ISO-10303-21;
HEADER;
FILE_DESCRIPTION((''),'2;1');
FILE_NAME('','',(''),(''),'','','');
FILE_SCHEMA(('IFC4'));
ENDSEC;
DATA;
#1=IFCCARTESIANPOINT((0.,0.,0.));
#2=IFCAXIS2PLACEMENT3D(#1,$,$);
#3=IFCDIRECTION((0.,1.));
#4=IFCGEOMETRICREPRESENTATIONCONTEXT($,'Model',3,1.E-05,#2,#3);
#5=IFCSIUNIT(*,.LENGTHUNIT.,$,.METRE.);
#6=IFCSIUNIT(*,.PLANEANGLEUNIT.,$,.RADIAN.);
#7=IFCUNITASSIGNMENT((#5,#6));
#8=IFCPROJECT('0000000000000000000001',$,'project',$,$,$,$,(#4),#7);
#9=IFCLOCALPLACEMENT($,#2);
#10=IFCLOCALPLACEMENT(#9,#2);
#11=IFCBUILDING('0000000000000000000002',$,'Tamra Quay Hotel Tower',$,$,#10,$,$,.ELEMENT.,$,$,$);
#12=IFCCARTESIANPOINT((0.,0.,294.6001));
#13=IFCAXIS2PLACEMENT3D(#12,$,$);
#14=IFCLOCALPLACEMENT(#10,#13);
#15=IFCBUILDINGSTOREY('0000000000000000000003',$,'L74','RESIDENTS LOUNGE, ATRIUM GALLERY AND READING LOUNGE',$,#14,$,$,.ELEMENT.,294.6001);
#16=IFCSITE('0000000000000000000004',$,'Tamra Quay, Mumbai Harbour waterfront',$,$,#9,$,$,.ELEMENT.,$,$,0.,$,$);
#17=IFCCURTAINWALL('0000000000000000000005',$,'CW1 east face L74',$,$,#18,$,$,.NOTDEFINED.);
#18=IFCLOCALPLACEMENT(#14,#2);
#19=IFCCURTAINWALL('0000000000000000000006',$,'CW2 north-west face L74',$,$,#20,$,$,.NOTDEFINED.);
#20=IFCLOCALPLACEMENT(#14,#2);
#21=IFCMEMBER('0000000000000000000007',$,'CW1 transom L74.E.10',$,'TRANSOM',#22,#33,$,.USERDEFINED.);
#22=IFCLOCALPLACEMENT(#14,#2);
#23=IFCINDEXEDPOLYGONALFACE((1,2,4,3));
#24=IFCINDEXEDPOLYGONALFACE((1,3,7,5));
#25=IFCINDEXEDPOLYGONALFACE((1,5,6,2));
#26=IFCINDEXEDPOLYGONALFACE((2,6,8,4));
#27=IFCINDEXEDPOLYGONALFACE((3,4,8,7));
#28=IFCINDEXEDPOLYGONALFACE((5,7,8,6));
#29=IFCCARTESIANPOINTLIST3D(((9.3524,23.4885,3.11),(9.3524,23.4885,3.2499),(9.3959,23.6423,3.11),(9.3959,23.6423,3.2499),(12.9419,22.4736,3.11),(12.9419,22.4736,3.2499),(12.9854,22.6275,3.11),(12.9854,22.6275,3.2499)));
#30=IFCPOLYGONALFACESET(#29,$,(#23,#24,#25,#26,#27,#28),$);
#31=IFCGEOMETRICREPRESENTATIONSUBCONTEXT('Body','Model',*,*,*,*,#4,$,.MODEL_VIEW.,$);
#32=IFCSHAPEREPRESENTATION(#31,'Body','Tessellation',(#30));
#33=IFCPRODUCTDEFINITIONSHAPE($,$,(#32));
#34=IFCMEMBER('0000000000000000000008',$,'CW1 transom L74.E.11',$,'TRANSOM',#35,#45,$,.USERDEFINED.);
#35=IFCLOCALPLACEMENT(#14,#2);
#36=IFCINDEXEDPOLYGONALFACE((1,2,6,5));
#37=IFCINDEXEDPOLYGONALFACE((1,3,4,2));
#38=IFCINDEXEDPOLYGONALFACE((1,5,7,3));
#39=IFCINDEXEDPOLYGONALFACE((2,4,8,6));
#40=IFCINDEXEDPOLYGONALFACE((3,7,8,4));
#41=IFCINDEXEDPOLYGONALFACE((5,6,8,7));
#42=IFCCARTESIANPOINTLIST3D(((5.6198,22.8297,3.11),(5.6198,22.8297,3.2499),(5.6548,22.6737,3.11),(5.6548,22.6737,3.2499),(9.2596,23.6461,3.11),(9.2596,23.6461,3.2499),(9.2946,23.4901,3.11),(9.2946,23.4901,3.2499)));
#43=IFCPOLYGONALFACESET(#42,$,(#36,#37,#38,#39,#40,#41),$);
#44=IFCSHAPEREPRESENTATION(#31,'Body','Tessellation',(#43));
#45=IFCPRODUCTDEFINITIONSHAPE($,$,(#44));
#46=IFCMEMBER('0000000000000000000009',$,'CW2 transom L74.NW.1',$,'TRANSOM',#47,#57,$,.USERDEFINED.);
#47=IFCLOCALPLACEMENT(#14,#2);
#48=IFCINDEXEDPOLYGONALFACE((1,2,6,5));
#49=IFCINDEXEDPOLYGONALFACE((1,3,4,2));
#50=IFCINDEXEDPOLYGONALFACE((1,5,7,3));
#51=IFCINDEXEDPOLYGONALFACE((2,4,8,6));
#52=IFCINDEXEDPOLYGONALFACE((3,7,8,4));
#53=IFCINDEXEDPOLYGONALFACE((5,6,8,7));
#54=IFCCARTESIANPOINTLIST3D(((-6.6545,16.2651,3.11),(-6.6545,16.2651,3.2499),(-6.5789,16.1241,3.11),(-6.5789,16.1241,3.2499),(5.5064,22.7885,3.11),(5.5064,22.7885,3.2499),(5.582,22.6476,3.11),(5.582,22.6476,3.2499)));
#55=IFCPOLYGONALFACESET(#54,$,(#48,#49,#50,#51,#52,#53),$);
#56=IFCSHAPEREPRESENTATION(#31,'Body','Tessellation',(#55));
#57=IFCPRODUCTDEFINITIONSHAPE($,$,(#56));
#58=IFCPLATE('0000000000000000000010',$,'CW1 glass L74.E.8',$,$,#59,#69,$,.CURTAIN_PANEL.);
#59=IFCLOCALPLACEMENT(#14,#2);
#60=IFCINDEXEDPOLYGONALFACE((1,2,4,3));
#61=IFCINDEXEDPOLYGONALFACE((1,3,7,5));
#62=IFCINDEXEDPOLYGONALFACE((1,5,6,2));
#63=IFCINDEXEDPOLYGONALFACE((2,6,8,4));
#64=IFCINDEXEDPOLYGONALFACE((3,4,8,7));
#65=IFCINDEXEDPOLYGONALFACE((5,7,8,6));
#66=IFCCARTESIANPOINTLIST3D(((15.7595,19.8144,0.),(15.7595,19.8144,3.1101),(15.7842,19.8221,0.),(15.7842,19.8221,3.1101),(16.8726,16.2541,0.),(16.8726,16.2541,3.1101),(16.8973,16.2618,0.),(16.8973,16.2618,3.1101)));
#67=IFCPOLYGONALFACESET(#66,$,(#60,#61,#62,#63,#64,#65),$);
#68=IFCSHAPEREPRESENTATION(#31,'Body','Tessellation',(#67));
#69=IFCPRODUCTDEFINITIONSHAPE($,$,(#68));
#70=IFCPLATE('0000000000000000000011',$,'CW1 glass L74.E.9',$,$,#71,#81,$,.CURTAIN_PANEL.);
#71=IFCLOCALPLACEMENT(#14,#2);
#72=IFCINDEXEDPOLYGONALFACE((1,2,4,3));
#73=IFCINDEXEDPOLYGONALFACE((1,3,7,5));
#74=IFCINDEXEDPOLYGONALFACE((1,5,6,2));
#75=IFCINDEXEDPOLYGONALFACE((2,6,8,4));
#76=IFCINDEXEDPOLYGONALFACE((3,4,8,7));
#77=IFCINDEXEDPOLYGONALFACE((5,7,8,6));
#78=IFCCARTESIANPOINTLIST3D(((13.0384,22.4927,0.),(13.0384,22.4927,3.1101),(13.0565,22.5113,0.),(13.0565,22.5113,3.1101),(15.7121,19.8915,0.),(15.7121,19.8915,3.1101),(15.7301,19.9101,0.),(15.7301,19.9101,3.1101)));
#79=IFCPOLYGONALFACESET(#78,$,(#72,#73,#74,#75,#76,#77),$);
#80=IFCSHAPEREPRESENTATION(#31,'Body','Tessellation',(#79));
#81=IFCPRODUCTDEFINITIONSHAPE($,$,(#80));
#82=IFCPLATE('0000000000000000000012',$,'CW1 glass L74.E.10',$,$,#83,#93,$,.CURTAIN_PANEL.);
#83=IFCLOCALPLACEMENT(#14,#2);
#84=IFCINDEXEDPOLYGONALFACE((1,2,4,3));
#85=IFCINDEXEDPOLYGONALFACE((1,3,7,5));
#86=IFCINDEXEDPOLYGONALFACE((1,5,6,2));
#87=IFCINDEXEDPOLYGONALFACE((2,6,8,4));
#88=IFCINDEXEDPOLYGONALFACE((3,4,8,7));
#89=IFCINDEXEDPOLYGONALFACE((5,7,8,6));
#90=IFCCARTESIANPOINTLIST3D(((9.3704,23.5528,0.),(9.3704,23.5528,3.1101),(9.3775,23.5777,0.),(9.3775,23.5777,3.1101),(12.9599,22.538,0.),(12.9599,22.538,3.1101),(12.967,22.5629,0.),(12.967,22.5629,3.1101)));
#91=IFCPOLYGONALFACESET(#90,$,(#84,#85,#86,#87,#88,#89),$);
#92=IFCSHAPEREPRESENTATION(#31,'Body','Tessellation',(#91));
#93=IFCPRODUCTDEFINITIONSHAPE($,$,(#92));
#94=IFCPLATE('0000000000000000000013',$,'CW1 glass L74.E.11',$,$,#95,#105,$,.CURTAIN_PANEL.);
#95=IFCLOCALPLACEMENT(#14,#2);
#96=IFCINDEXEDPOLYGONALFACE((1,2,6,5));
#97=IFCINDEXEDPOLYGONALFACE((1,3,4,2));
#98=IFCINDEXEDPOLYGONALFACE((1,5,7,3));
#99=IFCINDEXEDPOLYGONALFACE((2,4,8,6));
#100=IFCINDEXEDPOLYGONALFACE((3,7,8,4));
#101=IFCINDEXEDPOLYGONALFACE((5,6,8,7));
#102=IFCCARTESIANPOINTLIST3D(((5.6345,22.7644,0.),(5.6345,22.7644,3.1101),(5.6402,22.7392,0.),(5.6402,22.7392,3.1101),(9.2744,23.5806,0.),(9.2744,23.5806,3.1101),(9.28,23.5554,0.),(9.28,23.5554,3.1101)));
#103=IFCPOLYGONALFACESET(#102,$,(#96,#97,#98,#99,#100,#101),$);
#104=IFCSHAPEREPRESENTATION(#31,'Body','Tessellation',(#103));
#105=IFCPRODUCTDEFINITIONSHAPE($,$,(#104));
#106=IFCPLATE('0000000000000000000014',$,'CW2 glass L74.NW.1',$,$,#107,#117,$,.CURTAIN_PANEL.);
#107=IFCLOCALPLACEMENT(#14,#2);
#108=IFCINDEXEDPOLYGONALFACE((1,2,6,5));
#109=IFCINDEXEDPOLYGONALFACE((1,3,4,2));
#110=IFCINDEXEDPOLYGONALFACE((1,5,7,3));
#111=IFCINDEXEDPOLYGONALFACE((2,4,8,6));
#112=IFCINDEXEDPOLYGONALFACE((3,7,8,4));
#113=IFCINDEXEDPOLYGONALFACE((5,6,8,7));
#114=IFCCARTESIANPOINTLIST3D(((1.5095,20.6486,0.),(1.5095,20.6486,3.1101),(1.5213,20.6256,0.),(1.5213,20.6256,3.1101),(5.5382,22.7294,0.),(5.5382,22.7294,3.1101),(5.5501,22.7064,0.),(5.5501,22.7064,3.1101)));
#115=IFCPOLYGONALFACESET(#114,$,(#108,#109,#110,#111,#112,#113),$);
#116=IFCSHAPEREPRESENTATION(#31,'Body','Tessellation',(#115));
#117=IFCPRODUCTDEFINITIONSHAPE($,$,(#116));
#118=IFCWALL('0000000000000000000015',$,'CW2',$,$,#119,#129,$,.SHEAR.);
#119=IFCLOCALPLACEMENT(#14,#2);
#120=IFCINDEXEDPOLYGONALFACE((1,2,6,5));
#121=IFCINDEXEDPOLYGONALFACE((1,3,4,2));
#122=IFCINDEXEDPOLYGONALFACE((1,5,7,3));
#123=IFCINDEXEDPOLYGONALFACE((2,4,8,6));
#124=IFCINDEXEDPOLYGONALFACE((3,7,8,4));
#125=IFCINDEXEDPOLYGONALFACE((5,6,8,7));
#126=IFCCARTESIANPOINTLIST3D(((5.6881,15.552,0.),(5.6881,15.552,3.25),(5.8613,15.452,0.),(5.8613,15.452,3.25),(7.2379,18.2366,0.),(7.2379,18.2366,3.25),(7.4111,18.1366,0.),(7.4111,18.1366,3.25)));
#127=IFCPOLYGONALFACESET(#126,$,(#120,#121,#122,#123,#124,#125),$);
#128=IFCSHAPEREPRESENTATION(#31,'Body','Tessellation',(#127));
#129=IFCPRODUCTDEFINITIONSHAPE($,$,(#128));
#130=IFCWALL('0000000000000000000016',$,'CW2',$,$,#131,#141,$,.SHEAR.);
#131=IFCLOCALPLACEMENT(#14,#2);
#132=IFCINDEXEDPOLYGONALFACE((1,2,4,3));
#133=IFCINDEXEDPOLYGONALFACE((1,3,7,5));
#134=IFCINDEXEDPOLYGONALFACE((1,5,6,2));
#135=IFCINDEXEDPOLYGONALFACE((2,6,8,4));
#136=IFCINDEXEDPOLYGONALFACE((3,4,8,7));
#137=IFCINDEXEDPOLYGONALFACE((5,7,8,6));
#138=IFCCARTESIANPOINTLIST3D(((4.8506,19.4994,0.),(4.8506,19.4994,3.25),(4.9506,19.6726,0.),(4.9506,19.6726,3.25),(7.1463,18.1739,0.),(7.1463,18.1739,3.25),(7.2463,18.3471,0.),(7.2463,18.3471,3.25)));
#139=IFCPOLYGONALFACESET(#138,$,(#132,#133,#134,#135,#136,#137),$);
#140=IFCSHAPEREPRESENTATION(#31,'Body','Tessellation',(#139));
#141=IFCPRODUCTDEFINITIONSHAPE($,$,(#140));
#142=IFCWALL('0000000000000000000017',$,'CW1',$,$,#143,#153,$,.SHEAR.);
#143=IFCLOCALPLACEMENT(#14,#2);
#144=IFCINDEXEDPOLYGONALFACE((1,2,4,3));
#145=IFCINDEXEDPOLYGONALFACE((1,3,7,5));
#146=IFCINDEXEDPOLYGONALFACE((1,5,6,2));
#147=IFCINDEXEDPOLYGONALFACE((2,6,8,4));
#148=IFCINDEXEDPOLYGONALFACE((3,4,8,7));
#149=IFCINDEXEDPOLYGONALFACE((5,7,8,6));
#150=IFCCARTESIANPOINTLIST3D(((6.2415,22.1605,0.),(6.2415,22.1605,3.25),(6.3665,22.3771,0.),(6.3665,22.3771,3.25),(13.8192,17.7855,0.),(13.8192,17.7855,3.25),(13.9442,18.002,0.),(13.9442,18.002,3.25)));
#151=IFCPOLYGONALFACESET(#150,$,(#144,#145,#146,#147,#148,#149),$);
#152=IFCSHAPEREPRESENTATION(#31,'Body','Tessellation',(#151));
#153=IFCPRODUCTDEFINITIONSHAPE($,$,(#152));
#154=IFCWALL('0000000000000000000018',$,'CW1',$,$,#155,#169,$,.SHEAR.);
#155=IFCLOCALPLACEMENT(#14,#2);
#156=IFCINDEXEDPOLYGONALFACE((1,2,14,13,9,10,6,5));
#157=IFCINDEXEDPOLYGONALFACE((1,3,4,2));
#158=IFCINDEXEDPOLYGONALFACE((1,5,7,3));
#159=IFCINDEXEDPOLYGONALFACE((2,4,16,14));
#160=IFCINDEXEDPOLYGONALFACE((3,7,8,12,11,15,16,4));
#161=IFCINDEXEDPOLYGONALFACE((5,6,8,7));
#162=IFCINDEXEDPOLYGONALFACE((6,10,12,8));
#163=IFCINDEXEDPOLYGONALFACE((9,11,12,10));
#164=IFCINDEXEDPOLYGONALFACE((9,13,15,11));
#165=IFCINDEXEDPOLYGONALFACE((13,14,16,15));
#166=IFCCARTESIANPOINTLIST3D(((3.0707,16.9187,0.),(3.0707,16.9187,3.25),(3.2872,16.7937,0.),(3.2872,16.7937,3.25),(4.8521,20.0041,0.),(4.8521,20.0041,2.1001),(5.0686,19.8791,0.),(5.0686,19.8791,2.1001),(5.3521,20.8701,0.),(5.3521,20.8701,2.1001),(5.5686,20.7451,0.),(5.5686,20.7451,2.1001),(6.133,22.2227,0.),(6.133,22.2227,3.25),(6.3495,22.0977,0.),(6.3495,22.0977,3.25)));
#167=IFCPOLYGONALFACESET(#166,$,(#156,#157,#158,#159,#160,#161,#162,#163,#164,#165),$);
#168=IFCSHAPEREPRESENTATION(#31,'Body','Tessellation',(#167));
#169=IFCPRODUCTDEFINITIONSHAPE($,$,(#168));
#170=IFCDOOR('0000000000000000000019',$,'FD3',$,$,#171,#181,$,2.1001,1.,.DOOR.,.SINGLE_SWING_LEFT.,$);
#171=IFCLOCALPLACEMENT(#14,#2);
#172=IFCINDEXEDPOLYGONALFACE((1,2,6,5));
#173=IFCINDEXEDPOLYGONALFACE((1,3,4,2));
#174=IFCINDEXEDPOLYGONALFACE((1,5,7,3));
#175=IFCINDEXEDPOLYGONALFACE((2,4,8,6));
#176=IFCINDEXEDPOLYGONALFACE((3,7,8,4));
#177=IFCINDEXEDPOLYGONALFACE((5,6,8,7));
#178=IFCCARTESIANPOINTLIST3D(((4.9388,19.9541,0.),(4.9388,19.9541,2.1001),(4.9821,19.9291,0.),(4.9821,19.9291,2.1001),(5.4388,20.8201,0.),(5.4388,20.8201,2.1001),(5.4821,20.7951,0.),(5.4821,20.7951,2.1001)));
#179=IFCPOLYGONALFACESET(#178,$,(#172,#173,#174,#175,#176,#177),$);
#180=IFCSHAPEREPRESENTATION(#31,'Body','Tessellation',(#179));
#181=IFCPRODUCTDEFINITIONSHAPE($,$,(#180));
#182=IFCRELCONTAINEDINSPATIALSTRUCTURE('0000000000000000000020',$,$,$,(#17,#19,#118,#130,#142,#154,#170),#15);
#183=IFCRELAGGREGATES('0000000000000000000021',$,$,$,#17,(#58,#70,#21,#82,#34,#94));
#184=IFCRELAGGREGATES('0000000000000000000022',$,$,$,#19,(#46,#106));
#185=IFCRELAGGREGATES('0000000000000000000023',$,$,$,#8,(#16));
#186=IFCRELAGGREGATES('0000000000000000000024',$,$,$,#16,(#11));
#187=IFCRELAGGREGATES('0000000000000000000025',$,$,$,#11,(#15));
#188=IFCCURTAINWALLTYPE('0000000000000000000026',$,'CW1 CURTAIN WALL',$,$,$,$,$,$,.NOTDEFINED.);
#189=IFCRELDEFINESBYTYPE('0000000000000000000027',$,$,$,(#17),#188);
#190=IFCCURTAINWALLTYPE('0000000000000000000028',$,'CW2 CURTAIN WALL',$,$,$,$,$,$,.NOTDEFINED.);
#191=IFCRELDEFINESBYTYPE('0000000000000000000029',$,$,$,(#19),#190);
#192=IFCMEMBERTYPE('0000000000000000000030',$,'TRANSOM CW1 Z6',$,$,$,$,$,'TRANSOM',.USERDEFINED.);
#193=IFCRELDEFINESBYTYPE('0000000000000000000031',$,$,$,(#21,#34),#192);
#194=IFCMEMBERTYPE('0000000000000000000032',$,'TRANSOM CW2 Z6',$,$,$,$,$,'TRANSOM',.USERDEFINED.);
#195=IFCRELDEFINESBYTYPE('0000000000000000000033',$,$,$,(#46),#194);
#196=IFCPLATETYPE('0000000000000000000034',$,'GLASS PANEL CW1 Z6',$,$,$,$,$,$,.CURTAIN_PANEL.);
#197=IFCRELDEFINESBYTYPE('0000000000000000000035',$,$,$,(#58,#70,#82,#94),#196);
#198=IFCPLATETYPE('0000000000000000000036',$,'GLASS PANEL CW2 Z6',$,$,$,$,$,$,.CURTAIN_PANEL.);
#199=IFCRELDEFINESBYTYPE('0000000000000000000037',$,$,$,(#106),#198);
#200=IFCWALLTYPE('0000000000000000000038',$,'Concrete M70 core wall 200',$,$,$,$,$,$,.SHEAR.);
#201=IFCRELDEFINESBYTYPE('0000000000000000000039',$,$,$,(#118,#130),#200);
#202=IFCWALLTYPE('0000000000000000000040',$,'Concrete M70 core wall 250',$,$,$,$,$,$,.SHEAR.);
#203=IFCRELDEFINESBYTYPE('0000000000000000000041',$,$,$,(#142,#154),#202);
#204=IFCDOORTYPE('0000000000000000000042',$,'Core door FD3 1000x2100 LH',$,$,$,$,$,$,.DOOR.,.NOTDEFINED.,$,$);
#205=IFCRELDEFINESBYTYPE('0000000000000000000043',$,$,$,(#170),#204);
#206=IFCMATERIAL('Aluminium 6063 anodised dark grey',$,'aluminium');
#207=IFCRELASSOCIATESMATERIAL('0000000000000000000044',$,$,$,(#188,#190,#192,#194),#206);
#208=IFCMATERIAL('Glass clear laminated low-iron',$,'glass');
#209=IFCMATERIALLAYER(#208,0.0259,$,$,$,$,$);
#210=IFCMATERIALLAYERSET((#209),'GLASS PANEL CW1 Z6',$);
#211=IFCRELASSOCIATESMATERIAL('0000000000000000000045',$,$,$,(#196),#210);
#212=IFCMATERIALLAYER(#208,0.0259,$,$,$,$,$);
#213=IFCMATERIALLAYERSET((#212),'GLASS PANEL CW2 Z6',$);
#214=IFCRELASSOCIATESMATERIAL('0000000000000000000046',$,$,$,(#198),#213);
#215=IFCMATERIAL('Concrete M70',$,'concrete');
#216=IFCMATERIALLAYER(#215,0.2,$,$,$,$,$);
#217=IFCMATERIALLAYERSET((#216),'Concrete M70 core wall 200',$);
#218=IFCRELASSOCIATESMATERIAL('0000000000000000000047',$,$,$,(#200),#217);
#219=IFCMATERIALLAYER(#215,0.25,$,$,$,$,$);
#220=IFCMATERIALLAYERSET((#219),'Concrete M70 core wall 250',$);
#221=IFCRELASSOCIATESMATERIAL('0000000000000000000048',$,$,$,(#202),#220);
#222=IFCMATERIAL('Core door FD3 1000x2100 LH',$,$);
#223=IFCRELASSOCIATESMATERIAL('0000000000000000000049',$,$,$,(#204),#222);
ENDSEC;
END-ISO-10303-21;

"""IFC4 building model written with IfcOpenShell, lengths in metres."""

from ifc_helpers import new_model, si_unit, direction, frame, frame_2d, origin, origin_2d, place, context, subcontext, project, spatial, rectangle, extrude, material, layer, layer_set, material_profile, profile_set, type_object, element, fill, aggregate, save


model = new_model("IFC4")

# Units and contexts
model_context = context("Model", 3, precision=1e-05, world=origin(), true_north=direction((0.0, 1.0)))
body_context = subcontext(model_context, "Body", "Model", "MODEL_VIEW")
ifc_project = project(units=[si_unit("LENGTHUNIT", "METRE"), si_unit("PLANEANGLEUNIT", "RADIAN")], contexts=[model_context])

# Site, building, storey
site_placement = place(None, origin())
site = spatial("IfcSite", under=ifc_project, at=site_placement, Name="Tamra Quay, Mumbai Harbour waterfront", CompositionType="ELEMENT", RefElevation=0.0)
building_placement = place(site_placement, origin())
building = spatial("IfcBuilding", under=site, at=building_placement, Name="Tamra Quay Hotel Tower", CompositionType="ELEMENT")
storey_placement = place(building_placement, frame((0.0, 0.0, 294.6001)))
storey = spatial("IfcBuildingStorey", under=building, at=storey_placement, Name="L74", Description="RESIDENTS LOUNGE, ATRIUM GALLERY AND READING LOUNGE", CompositionType="ELEMENT", Elevation=294.6001)

# Shared definitions
ifc_material_1 = material(Name="Concrete M70", Category="concrete")

# Curtain wall
ifc_material_2 = material(Name="Aluminium 6063 anodised dark grey", Category="aluminium")
curtain_wall_type_1 = type_object("IfcCurtainWallType", Name="CW1 CURTAIN WALL", PredefinedType="NOTDEFINED", material=ifc_material_2)
curtain_wall_1_placement = place(storey_placement, origin())
curtain_wall_1 = element("IfcCurtainWall", 1, at=curtain_wall_1_placement, inside=storey, type_object=curtain_wall_type_1, Name="CW1 east face L74", PredefinedType="NOTDEFINED")

# Curtain wall
curtain_wall_type_2 = type_object("IfcCurtainWallType", Name="CW2 CURTAIN WALL", PredefinedType="NOTDEFINED", material=ifc_material_2)
curtain_wall_2_placement = place(storey_placement, origin())
curtain_wall_2 = element("IfcCurtainWall", 2, at=curtain_wall_2_placement, inside=storey, type_object=curtain_wall_type_2, Name="CW2 north-west face L74", PredefinedType="NOTDEFINED")

# Members
ifc_material_profile_1 = material_profile(ifc_material_2, rectangle(XDim=0.1599, YDim=0.1399, at=origin_2d()), Name="TRANSOM 160X140")
ifc_profile_set_1 = profile_set([ifc_material_profile_1], Name="Aluminium 6063 anodised dark grey")
member_type_1 = type_object("IfcMemberType", Name="TRANSOM CW1 Z6", ElementType="TRANSOM", PredefinedType="USERDEFINED", material=ifc_profile_set_1)
member_1_placement = place(storey_placement, frame((12.9636, 22.5505, 3.1799), z_axis=(-0.962278, 0.272066, 0.0), x_axis=(-0.272066, -0.962278, 0.0)))
member_1 = element("IfcMember", 3, at=member_1_placement, type_object=member_type_1, Name="CW1 transom L74.E.10", ObjectType="TRANSOM", PredefinedType="USERDEFINED", context=body_context, shape_type="SweptSolid", body=[
    extrude(rectangle(XDim=0.1599, YDim=0.1399, at=origin_2d()), origin(), (0.0, 0.0, 1.0), 3.7302),
])
member_2_placement = place(storey_placement, frame((9.2771, 23.5681, 3.1799), z_axis=(-0.975757, -0.218857, 0.0), x_axis=(0.218857, -0.975757, 0.0)))
member_2 = element("IfcMember", 4, at=member_2_placement, type_object=member_type_1, Name="CW1 transom L74.E.11", ObjectType="TRANSOM", PredefinedType="USERDEFINED", context=body_context, shape_type="SweptSolid", body=[
    extrude(rectangle(XDim=0.1599, YDim=0.1399, at=origin_2d()), origin(), (0.0, 0.0, 1.0), 3.7302),
])
ifc_material_profile_2 = material_profile(ifc_material_2, rectangle(XDim=0.1599, YDim=0.1399, at=origin_2d()), Name="TRANSOM 160X140")
ifc_profile_set_2 = profile_set([ifc_material_profile_2], Name="Aluminium 6063 anodised dark grey")
member_type_2 = type_object("IfcMemberType", Name="TRANSOM CW2 Z6", ElementType="TRANSOM", PredefinedType="USERDEFINED", material=ifc_profile_set_2)
member_3_placement = place(storey_placement, frame((5.5442, 22.718, 3.1799), z_axis=(-0.881218, -0.47271, 0.0), x_axis=(0.47271, -0.881218, 0.0)))
member_3 = element("IfcMember", 5, at=member_3_placement, type_object=member_type_2, Name="CW2 transom L74.NW.1", ObjectType="TRANSOM", PredefinedType="USERDEFINED", context=body_context, shape_type="SweptSolid", body=[
    extrude(rectangle(XDim=0.1599, YDim=0.1399, at=origin_2d()), origin(), (0.0, 0.0, 1.0), 13.8),
])

# Plates
ifc_material_3 = material(Name="Glass clear laminated low-iron", Category="glass")
ifc_layer_1 = layer(ifc_material_3, 0.0259)
ifc_layer_set_1 = layer_set([ifc_layer_1], Name="GLASS PANEL CW1 Z6")
plate_type_1 = type_object("IfcPlateType", Name="GLASS PANEL CW1 Z6", PredefinedType="CURTAIN_PANEL", material=ifc_layer_set_1)
plate_1_placement = place(storey_placement, frame((16.3284, 18.0381, 0.0), z_axis=(0.0, 0.0, 1.0), x_axis=(-0.298392, 0.954443, 0.0)))
plate_1 = element("IfcPlate", 6, at=plate_1_placement, type_object=plate_type_1, Name="CW1 glass L74.E.8", PredefinedType="CURTAIN_PANEL", context=body_context, shape_type="SweptSolid", body=[
    extrude(rectangle(XDim=3.7302, YDim=0.0259, at=origin_2d()), origin(), (0.0, 0.0, 1.0), 3.1101),
])
plate_2_placement = place(storey_placement, frame((14.3843, 21.2014, 0.0), z_axis=(0.0, 0.0, 1.0), x_axis=(-0.716753, 0.697327, 0.0)))
plate_2 = element("IfcPlate", 7, at=plate_2_placement, type_object=plate_type_1, Name="CW1 glass L74.E.9", PredefinedType="CURTAIN_PANEL", context=body_context, shape_type="SweptSolid", body=[
    extrude(rectangle(XDim=3.7302, YDim=0.0259, at=origin_2d()), origin(), (0.0, 0.0, 1.0), 3.1101),
])
plate_3_placement = place(storey_placement, frame((11.1687, 23.0579, 0.0), z_axis=(0.0, 0.0, 1.0), x_axis=(-0.96228, 0.272062, 0.0)))
plate_3 = element("IfcPlate", 8, at=plate_3_placement, type_object=plate_type_1, Name="CW1 glass L74.E.10", PredefinedType="CURTAIN_PANEL", context=body_context, shape_type="SweptSolid", body=[
    extrude(rectangle(XDim=3.7302, YDim=0.0259, at=origin_2d()), origin(), (0.0, 0.0, 1.0), 3.1101),
])
plate_4_placement = place(storey_placement, frame((7.4573, 23.1599, 0.0), z_axis=(0.0, 0.0, 1.0), x_axis=(-0.975768, -0.218806, 0.0)))
plate_4 = element("IfcPlate", 9, at=plate_4_placement, type_object=plate_type_1, Name="CW1 glass L74.E.11", PredefinedType="CURTAIN_PANEL", context=body_context, shape_type="SweptSolid", body=[
    extrude(rectangle(XDim=3.7302, YDim=0.0259, at=origin_2d()), origin(), (0.0, 0.0, 1.0), 3.1101),
])
aggregate(curtain_wall_1, [plate_1, plate_2, member_1, plate_3, member_2, plate_4])
ifc_layer_2 = layer(ifc_material_3, 0.0259)
ifc_layer_set_2 = layer_set([ifc_layer_2], Name="GLASS PANEL CW2 Z6")
plate_type_2 = type_object("IfcPlateType", Name="GLASS PANEL CW2 Z6", PredefinedType="CURTAIN_PANEL", material=ifc_layer_set_2)
plate_5_placement = place(storey_placement, frame((3.5298, 21.6775, 0.0), z_axis=(0.0, 0.0, 1.0), x_axis=(-0.888486, -0.458903, 0.0)))
plate_5 = element("IfcPlate", 10, at=plate_5_placement, type_object=plate_type_2, Name="CW2 glass L74.NW.1", PredefinedType="CURTAIN_PANEL", context=body_context, shape_type="SweptSolid", body=[
    extrude(rectangle(XDim=4.5344, YDim=0.0259, at=origin_2d()), origin(), (0.0, 0.0, 1.0), 3.1101),
])
aggregate(curtain_wall_2, [member_3, plate_5])

# Walls
ifc_layer_3 = layer(ifc_material_1, 0.2)
ifc_layer_set_3 = layer_set([ifc_layer_3], Name="Concrete M70 core wall 200")
wall_type_1 = type_object("IfcWallType", Name="Concrete M70 core wall 200", PredefinedType="SHEAR", material=ifc_layer_set_3)
wall_1_placement = place(storey_placement, frame((7.3245, 18.1865, 0.0), z_axis=(0.0, 0.0, 1.0), x_axis=(-0.499968, -0.866044, 0.0)))
element("IfcWall", 11, at=wall_1_placement, inside=storey, type_object=wall_type_1, Name="CW2", PredefinedType="SHEAR", context=body_context, shape_type="SweptSolid", body=[
    extrude(rectangle(XDim=3.0999, YDim=0.2, at=frame_2d((1.5498, 0.0))), origin(), (0.0, 0.0, 1.0), 3.25),
])
wall_2_placement = place(storey_placement, frame((7.1963, 18.2605, 0.0), z_axis=(0.0, 0.0, 1.0), x_axis=(-0.866018, 0.500012, 0.0)))
element("IfcWall", 12, at=wall_2_placement, inside=storey, type_object=wall_type_1, Name="CW2", PredefinedType="SHEAR", context=body_context, shape_type="SweptSolid", body=[
    extrude(rectangle(XDim=2.6509, YDim=0.2, at=frame_2d((1.3254, 0.0))), origin(), (0.0, 0.0, 1.0), 3.25),
])
ifc_layer_4 = layer(ifc_material_1, 0.25)
ifc_layer_set_4 = layer_set([ifc_layer_4], Name="Concrete M70 core wall 250")
wall_type_2 = type_object("IfcWallType", Name="Concrete M70 core wall 250", PredefinedType="SHEAR", material=ifc_layer_set_4)
wall_3_placement = place(storey_placement, frame((6.304, 22.2688, 0.0), z_axis=(0.0, 0.0, 1.0), x_axis=(0.866023, -0.500004, 0.0)))
element("IfcWall", 13, at=wall_3_placement, inside=storey, type_object=wall_type_2, Name="CW1", PredefinedType="SHEAR", context=body_context, shape_type="SweptSolid", body=[
    extrude(rectangle(XDim=8.75, YDim=0.25, at=frame_2d((4.375, 0.0))), origin(), (0.0, 0.0, 1.0), 3.25),
])

# Wall, opening, door
wall_4_placement = place(storey_placement, frame((3.179, 16.8562, 0.0), z_axis=(0.0, 0.0, 1.0), x_axis=(0.500002, 0.866024, 0.0)))
wall_4 = element("IfcWall", 14, at=wall_4_placement, inside=storey, type_object=wall_type_2, Name="CW1", PredefinedType="SHEAR", context=body_context, shape_type="SweptSolid", body=[
    extrude(rectangle(XDim=6.1245, YDim=0.25, at=frame_2d((3.0623, 0.0))), origin(), (0.0, 0.0, 1.0), 3.25),
])
opening_placement = place(wall_4_placement, frame((3.5627, 0.0, 0.0)))
opening = element("IfcOpeningElement", 15, at=opening_placement, cuts=wall_4, PredefinedType="OPENING", context=body_context, shape_type="SweptSolid", body=[
    extrude(rectangle(XDim=1.0, YDim=2.1001, at=frame_2d((0.5, 1.05))), frame((0.0, 0.135, 0.0), z_axis=(0.0, -1.0, 0.0), x_axis=(1.0, 0.0, 0.0)), (0.0, 0.0, 1.0), 0.27),
])
ifc_material_4 = material(Name="Core door FD3 1000x2100 LH")
door_type = type_object("IfcDoorType", Name="Core door FD3 1000x2100 LH", OperationType="NOTDEFINED", PredefinedType="DOOR", material=ifc_material_4)
door_placement = place(opening_placement, origin())
door = element("IfcDoor", 16, at=door_placement, inside=storey, type_object=door_type, Name="FD3", OperationType="SINGLE_SWING_LEFT", OverallHeight=2.1001, OverallWidth=1.0, PredefinedType="DOOR", context=body_context, shape_type="SweptSolid", body=[
    extrude(rectangle(XDim=1.0, YDim=2.1001, at=frame_2d((0.5, 1.05))), frame((0.0, 0.0249, 0.0), z_axis=(0.0, -1.0, 0.0), x_axis=(1.0, 0.0, 0.0)), (0.0, 0.0, 1.0), 0.05),
])
fill(opening, door)

save(model, "model.ifc")
